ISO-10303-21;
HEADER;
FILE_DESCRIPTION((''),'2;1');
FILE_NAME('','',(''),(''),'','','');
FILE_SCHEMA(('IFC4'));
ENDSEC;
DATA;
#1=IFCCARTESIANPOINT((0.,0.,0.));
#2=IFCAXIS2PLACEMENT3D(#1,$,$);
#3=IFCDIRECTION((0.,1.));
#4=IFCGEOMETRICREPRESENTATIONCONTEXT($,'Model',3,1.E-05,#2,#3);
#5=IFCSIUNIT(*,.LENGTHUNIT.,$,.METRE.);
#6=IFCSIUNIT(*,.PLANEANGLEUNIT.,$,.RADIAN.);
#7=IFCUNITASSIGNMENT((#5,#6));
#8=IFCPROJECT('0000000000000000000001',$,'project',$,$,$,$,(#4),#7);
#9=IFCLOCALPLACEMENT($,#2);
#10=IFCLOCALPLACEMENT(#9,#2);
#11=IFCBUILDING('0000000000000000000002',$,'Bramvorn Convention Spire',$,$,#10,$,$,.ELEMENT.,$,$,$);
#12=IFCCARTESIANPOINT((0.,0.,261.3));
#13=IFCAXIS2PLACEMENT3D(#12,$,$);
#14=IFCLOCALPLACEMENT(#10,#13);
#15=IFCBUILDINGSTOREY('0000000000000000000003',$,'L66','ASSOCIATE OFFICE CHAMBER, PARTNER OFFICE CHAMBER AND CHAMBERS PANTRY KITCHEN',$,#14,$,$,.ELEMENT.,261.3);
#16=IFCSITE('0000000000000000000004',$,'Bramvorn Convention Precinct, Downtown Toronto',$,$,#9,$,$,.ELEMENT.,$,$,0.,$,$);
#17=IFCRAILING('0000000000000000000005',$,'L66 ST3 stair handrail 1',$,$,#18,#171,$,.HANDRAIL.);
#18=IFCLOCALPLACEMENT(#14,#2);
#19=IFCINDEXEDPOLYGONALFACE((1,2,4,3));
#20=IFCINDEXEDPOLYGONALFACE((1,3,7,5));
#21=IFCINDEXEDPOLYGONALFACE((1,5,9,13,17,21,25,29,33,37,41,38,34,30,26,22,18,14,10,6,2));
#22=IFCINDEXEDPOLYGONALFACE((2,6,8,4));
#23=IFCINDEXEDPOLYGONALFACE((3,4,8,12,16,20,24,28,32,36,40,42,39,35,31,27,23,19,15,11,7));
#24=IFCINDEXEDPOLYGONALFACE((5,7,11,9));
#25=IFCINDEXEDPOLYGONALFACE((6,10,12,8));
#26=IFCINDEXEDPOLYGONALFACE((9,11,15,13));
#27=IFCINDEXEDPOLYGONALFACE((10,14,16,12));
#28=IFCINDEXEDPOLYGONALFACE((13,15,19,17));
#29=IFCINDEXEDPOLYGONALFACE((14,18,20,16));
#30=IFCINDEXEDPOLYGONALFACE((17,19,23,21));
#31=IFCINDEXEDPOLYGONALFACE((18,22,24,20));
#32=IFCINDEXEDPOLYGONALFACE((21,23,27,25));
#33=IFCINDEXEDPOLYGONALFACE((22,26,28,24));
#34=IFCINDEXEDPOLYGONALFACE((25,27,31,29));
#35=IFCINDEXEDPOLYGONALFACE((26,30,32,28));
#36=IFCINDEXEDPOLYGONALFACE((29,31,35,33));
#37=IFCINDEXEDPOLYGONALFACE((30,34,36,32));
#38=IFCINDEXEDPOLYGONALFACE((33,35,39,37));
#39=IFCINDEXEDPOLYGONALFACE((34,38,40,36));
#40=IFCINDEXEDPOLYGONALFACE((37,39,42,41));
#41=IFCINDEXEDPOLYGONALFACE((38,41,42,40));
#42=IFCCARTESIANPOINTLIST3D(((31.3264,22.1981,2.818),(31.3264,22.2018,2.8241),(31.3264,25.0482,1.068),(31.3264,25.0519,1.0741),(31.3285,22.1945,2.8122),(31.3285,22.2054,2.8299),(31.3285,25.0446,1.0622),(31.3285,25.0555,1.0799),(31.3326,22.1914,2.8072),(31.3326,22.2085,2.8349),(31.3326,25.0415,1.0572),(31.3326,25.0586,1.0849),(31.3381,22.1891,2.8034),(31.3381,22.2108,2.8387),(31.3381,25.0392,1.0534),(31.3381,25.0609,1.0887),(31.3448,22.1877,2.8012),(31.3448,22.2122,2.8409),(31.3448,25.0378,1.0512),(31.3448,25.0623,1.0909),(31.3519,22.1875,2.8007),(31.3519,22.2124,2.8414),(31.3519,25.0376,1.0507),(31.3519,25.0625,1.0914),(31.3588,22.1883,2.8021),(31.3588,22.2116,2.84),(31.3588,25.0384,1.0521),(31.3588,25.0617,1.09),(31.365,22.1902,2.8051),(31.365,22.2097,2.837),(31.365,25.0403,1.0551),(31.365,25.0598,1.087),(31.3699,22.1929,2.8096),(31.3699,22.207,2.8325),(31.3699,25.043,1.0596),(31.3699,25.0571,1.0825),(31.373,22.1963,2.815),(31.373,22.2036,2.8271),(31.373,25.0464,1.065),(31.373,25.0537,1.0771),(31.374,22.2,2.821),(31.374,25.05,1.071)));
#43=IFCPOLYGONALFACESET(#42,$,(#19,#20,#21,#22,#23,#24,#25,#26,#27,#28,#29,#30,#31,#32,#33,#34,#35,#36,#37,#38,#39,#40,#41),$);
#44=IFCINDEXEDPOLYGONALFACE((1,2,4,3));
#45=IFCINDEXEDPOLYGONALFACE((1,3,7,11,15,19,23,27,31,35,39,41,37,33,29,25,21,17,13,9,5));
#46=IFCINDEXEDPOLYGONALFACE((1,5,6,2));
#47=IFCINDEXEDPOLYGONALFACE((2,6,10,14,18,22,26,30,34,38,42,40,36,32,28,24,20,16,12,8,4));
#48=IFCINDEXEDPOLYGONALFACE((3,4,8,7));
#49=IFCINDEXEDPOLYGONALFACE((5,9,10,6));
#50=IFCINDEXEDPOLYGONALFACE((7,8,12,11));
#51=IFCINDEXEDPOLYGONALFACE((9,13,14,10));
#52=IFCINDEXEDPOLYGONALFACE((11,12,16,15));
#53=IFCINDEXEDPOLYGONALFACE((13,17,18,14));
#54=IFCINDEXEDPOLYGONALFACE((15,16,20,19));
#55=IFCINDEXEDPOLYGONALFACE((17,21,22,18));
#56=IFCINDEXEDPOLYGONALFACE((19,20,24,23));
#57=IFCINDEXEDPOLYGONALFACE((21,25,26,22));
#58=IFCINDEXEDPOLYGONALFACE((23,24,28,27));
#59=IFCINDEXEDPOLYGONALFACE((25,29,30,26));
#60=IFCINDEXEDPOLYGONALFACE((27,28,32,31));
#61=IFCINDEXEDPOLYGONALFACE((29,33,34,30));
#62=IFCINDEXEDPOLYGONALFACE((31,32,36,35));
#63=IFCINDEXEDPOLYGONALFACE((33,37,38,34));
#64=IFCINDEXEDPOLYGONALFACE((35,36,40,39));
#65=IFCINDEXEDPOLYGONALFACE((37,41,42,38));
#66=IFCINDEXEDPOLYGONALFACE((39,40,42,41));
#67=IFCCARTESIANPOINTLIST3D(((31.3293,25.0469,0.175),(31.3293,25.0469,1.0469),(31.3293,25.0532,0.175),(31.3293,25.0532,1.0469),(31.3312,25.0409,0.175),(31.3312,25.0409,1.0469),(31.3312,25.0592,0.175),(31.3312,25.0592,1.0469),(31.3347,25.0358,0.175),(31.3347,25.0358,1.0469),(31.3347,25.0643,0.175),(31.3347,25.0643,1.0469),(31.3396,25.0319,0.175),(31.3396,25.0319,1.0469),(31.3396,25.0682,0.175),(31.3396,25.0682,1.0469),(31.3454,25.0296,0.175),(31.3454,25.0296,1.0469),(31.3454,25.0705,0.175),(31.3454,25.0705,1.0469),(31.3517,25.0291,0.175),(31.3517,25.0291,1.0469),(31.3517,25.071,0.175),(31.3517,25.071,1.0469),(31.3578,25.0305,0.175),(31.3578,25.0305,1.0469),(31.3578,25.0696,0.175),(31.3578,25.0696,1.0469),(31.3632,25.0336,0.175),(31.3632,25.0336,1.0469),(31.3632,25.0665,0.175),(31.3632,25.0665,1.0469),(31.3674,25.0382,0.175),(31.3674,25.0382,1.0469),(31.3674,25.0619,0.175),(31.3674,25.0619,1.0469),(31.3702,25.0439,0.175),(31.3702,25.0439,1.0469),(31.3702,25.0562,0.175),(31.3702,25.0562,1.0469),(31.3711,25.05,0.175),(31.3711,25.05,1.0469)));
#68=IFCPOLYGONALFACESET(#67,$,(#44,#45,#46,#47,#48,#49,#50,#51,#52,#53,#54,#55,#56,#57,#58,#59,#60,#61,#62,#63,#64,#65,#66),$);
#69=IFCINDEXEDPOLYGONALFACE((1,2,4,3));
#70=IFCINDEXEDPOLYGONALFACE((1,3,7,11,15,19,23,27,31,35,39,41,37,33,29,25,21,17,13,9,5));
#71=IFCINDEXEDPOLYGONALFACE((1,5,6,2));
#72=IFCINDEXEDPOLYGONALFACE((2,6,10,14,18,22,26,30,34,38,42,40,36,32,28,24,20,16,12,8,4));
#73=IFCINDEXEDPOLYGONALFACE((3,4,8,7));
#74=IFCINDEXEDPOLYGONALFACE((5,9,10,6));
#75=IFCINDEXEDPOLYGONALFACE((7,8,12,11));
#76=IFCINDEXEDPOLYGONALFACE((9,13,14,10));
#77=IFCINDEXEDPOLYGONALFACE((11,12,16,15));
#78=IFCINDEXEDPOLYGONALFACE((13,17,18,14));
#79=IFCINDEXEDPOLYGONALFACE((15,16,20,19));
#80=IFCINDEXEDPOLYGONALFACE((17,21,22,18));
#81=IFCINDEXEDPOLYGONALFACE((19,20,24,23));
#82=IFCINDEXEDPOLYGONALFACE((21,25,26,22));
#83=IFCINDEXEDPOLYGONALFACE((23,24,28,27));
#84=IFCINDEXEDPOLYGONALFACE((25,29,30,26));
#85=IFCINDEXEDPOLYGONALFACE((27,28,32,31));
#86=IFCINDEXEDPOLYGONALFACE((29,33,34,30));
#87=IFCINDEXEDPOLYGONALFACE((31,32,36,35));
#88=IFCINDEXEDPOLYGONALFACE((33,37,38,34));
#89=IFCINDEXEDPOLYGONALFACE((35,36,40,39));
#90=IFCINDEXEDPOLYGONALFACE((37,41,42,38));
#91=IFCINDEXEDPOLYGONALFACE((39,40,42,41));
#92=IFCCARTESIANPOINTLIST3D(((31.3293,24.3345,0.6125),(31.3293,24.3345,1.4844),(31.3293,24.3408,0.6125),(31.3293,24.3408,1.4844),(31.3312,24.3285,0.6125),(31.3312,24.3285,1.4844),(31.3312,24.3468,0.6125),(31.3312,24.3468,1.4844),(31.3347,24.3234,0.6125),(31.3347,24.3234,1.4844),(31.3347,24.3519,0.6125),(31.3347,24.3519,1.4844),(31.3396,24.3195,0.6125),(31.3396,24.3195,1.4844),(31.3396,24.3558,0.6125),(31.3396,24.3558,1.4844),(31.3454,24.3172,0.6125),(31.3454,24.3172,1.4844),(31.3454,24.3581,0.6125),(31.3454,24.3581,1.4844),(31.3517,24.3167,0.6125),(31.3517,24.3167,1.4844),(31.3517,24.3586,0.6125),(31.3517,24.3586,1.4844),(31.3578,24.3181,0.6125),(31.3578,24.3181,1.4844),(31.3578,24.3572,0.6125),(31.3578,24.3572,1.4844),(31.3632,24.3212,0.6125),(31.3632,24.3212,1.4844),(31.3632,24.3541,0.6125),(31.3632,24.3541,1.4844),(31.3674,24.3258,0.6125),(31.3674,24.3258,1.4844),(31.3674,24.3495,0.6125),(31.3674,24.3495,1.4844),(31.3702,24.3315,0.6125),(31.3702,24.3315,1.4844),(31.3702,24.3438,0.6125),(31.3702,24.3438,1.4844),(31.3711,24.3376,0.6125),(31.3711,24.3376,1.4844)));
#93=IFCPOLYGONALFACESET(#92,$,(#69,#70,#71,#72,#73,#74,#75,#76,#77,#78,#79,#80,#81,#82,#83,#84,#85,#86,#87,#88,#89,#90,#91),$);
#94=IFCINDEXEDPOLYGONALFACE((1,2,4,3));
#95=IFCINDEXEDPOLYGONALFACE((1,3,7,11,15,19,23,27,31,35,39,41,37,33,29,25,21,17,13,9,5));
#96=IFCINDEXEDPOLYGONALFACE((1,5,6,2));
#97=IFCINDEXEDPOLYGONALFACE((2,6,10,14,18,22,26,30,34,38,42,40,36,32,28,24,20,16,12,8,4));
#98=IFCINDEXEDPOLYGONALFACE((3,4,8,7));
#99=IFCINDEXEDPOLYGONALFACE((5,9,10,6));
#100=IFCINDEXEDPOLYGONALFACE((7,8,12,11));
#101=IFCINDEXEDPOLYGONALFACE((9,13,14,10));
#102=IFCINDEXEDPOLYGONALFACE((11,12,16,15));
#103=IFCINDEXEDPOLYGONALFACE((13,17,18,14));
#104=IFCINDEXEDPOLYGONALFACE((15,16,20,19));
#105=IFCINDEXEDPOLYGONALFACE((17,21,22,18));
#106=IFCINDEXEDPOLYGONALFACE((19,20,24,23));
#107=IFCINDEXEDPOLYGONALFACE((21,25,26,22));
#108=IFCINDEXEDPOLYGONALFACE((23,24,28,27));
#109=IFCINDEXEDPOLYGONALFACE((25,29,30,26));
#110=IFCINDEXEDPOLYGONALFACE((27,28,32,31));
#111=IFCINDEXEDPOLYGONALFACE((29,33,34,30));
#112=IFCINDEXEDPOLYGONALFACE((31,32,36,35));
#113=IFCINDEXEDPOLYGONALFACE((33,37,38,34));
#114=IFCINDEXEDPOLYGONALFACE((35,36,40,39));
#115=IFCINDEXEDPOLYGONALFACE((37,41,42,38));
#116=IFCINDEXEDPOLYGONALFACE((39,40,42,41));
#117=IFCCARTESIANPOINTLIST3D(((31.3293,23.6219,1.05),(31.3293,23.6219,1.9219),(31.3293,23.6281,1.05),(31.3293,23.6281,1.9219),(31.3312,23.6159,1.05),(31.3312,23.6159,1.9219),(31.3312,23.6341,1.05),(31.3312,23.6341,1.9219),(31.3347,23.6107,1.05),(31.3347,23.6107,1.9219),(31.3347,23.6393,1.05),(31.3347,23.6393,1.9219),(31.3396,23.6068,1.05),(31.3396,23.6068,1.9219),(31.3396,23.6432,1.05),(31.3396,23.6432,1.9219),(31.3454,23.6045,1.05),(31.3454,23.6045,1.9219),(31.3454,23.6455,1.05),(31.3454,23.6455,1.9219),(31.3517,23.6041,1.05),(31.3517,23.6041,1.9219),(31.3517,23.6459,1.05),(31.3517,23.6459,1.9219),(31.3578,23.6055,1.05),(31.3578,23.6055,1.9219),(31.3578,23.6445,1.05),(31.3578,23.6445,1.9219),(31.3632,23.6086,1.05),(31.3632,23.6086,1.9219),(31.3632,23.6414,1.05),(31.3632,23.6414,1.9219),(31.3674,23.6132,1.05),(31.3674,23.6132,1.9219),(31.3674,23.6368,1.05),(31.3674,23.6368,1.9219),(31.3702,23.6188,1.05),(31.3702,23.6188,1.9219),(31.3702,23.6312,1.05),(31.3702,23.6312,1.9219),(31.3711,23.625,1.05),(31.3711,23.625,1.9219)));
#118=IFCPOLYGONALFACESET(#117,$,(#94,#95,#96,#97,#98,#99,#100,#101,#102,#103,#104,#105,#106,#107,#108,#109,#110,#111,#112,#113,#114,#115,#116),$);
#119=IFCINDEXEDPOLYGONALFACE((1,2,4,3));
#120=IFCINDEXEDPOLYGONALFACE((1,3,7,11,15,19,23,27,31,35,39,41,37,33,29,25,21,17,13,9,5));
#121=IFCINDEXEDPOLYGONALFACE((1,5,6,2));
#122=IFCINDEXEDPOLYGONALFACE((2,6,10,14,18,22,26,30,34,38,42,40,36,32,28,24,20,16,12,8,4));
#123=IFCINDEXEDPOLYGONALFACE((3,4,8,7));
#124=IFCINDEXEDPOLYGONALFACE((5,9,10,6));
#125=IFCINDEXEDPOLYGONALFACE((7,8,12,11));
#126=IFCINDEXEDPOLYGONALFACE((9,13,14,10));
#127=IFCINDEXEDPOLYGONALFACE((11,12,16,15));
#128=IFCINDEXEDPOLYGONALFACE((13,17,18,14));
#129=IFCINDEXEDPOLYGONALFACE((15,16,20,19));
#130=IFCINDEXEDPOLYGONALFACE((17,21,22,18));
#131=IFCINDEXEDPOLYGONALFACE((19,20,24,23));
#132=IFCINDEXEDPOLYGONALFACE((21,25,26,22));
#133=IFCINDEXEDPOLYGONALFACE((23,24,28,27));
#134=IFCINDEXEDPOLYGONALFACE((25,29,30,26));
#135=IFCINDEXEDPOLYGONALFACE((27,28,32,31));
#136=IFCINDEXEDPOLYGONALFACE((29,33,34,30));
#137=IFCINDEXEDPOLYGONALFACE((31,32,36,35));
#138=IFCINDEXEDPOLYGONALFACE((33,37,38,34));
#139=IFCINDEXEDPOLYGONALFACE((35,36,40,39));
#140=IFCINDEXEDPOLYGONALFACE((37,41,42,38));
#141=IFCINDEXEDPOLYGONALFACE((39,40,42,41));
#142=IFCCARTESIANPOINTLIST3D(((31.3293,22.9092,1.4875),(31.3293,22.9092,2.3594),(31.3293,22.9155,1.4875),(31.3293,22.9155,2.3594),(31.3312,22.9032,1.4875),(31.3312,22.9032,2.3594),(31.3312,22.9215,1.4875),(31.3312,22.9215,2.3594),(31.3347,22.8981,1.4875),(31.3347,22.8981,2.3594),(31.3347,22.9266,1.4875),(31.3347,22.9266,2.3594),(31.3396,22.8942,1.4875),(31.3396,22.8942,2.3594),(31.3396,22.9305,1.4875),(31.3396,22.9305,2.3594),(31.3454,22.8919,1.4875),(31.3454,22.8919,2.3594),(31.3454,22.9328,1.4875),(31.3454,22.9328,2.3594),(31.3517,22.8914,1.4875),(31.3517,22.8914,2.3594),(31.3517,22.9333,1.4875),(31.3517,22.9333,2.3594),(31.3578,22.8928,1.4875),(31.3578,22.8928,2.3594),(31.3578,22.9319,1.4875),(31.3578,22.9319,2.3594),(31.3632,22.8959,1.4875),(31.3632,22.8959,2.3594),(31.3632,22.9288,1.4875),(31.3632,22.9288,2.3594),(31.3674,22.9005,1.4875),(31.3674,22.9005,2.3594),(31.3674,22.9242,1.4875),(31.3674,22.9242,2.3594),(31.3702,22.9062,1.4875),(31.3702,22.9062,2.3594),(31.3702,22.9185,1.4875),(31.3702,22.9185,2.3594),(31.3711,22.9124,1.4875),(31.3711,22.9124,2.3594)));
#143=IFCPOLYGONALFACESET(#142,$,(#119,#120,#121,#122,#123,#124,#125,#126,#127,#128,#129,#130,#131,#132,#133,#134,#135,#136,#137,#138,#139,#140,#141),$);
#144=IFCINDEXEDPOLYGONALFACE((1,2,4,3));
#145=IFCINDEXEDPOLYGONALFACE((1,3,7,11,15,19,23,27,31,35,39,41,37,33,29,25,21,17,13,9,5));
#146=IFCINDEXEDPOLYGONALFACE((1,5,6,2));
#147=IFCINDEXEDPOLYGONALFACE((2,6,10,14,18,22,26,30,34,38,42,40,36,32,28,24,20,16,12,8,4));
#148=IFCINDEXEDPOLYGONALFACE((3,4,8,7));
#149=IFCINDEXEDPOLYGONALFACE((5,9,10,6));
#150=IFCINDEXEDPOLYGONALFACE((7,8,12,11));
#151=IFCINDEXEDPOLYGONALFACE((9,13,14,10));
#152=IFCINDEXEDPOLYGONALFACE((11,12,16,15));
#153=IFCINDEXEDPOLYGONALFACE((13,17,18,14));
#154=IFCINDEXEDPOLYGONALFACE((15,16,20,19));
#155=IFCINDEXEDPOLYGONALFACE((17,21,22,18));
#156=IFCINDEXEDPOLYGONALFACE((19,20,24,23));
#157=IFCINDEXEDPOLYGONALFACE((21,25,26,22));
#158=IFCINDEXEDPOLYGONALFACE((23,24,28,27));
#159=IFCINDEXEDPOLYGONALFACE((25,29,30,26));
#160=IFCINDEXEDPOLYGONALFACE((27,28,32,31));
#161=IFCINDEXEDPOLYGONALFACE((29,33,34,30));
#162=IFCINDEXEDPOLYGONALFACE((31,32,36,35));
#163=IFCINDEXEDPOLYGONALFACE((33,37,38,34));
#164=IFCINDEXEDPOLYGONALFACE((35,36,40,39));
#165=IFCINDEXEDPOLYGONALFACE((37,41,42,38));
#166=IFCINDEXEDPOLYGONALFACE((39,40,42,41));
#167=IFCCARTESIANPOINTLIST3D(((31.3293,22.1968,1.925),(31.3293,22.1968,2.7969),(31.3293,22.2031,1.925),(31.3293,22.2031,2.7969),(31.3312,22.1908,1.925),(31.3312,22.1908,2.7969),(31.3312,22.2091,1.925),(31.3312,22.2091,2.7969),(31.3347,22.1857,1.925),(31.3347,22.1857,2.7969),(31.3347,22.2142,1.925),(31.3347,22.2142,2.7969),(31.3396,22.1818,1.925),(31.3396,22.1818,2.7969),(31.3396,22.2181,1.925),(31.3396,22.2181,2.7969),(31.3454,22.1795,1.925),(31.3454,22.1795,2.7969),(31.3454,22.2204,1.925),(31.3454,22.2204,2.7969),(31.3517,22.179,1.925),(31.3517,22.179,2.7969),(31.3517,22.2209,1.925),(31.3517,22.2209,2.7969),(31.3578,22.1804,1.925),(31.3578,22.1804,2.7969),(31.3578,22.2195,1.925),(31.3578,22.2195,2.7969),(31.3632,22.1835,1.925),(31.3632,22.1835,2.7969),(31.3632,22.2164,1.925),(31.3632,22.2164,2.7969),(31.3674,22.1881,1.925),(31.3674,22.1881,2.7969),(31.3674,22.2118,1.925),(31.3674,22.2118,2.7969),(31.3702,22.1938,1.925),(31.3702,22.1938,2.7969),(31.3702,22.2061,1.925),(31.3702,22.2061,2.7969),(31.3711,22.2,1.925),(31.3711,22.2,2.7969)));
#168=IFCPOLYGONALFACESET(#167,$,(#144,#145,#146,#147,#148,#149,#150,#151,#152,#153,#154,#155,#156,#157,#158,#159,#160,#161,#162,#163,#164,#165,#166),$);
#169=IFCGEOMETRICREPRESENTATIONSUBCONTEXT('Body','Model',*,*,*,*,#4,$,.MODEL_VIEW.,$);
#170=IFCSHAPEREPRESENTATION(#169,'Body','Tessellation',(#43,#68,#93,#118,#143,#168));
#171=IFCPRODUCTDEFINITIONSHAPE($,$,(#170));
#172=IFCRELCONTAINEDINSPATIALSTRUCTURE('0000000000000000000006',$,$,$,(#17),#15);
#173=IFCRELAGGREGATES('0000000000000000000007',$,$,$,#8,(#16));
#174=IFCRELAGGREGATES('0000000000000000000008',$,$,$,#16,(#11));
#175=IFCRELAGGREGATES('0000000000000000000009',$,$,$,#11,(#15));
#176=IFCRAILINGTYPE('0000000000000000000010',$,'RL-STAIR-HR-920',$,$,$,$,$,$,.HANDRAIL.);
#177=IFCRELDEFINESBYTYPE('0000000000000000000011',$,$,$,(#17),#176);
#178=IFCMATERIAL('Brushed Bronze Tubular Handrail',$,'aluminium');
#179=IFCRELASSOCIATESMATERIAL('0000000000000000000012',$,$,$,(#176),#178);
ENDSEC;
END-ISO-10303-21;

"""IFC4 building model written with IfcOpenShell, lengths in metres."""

from ifc_helpers import new_model, si_unit, direction, frame, origin, origin_2d, place, context, subcontext, project, spatial, circle, extrude, material, type_object, element, save


model = new_model("IFC4")

# Units and contexts
model_context = context("Model", 3, precision=1e-05, world=origin(), true_north=direction((0.0, 1.0)))
body_context = subcontext(model_context, "Body", "Model", "MODEL_VIEW")
ifc_project = project(units=[si_unit("LENGTHUNIT", "METRE"), si_unit("PLANEANGLEUNIT", "RADIAN")], contexts=[model_context])

# Site, building, storey
site_placement = place(None, origin())
site = spatial("IfcSite", under=ifc_project, at=site_placement, Name="Bramvorn Convention Precinct, Downtown Toronto", CompositionType="ELEMENT", RefElevation=0.0)
building_placement = place(site_placement, origin())
building = spatial("IfcBuilding", under=site, at=building_placement, Name="Bramvorn Convention Spire", CompositionType="ELEMENT")
storey_placement = place(building_placement, frame((0.0, 0.0, 261.3)))
storey = spatial("IfcBuildingStorey", under=building, at=storey_placement, Name="L66", Description="ASSOCIATE OFFICE CHAMBER, PARTNER OFFICE CHAMBER AND CHAMBERS PANTRY KITCHEN", CompositionType="ELEMENT", Elevation=261.3)

# Railing
ifc_material_1 = material(Name="Brushed Bronze Tubular Handrail", Category="aluminium")
railing_type_1 = type_object("IfcRailingType", Name="RL-STAIR-HR-920", PredefinedType="HANDRAIL", material=ifc_material_1)
railing_1_placement = place(storey_placement, frame((31.3501, 25.05, 0.175)))
element("IfcRailing", 1, at=railing_1_placement, inside=storey, type_object=railing_type_1, Name="L66 ST3 stair handrail 1", PredefinedType="HANDRAIL", context=body_context, shape_type="SweptSolid", body=[
    extrude(circle(Radius=0.0239, at=origin_2d()), frame((0.0, 0.0, 0.896), z_axis=(0.0, -0.852179, 0.52325), x_axis=(1.0, 0.0, 0.0)), (0.0, 0.0, 1.0), 3.3445),
    extrude(circle(Radius=0.021, at=origin_2d()), origin(), (0.0, 0.0, 1.0), 0.8718),
    extrude(circle(Radius=0.021, at=origin_2d()), frame((0.0, -0.7124, 0.4375)), (0.0, 0.0, 1.0), 0.8718),
    extrude(circle(Radius=0.021, at=origin_2d()), frame((0.0, -1.425, 0.875)), (0.0, 0.0, 1.0), 0.8718),
    extrude(circle(Radius=0.021, at=origin_2d()), frame((0.0, -2.1377, 1.3125)), (0.0, 0.0, 1.0), 0.8718),
    extrude(circle(Radius=0.021, at=origin_2d()), frame((0.0, -2.8501, 1.75)), (0.0, 0.0, 1.0), 0.8718),
])

save(model, "model.ifc")
